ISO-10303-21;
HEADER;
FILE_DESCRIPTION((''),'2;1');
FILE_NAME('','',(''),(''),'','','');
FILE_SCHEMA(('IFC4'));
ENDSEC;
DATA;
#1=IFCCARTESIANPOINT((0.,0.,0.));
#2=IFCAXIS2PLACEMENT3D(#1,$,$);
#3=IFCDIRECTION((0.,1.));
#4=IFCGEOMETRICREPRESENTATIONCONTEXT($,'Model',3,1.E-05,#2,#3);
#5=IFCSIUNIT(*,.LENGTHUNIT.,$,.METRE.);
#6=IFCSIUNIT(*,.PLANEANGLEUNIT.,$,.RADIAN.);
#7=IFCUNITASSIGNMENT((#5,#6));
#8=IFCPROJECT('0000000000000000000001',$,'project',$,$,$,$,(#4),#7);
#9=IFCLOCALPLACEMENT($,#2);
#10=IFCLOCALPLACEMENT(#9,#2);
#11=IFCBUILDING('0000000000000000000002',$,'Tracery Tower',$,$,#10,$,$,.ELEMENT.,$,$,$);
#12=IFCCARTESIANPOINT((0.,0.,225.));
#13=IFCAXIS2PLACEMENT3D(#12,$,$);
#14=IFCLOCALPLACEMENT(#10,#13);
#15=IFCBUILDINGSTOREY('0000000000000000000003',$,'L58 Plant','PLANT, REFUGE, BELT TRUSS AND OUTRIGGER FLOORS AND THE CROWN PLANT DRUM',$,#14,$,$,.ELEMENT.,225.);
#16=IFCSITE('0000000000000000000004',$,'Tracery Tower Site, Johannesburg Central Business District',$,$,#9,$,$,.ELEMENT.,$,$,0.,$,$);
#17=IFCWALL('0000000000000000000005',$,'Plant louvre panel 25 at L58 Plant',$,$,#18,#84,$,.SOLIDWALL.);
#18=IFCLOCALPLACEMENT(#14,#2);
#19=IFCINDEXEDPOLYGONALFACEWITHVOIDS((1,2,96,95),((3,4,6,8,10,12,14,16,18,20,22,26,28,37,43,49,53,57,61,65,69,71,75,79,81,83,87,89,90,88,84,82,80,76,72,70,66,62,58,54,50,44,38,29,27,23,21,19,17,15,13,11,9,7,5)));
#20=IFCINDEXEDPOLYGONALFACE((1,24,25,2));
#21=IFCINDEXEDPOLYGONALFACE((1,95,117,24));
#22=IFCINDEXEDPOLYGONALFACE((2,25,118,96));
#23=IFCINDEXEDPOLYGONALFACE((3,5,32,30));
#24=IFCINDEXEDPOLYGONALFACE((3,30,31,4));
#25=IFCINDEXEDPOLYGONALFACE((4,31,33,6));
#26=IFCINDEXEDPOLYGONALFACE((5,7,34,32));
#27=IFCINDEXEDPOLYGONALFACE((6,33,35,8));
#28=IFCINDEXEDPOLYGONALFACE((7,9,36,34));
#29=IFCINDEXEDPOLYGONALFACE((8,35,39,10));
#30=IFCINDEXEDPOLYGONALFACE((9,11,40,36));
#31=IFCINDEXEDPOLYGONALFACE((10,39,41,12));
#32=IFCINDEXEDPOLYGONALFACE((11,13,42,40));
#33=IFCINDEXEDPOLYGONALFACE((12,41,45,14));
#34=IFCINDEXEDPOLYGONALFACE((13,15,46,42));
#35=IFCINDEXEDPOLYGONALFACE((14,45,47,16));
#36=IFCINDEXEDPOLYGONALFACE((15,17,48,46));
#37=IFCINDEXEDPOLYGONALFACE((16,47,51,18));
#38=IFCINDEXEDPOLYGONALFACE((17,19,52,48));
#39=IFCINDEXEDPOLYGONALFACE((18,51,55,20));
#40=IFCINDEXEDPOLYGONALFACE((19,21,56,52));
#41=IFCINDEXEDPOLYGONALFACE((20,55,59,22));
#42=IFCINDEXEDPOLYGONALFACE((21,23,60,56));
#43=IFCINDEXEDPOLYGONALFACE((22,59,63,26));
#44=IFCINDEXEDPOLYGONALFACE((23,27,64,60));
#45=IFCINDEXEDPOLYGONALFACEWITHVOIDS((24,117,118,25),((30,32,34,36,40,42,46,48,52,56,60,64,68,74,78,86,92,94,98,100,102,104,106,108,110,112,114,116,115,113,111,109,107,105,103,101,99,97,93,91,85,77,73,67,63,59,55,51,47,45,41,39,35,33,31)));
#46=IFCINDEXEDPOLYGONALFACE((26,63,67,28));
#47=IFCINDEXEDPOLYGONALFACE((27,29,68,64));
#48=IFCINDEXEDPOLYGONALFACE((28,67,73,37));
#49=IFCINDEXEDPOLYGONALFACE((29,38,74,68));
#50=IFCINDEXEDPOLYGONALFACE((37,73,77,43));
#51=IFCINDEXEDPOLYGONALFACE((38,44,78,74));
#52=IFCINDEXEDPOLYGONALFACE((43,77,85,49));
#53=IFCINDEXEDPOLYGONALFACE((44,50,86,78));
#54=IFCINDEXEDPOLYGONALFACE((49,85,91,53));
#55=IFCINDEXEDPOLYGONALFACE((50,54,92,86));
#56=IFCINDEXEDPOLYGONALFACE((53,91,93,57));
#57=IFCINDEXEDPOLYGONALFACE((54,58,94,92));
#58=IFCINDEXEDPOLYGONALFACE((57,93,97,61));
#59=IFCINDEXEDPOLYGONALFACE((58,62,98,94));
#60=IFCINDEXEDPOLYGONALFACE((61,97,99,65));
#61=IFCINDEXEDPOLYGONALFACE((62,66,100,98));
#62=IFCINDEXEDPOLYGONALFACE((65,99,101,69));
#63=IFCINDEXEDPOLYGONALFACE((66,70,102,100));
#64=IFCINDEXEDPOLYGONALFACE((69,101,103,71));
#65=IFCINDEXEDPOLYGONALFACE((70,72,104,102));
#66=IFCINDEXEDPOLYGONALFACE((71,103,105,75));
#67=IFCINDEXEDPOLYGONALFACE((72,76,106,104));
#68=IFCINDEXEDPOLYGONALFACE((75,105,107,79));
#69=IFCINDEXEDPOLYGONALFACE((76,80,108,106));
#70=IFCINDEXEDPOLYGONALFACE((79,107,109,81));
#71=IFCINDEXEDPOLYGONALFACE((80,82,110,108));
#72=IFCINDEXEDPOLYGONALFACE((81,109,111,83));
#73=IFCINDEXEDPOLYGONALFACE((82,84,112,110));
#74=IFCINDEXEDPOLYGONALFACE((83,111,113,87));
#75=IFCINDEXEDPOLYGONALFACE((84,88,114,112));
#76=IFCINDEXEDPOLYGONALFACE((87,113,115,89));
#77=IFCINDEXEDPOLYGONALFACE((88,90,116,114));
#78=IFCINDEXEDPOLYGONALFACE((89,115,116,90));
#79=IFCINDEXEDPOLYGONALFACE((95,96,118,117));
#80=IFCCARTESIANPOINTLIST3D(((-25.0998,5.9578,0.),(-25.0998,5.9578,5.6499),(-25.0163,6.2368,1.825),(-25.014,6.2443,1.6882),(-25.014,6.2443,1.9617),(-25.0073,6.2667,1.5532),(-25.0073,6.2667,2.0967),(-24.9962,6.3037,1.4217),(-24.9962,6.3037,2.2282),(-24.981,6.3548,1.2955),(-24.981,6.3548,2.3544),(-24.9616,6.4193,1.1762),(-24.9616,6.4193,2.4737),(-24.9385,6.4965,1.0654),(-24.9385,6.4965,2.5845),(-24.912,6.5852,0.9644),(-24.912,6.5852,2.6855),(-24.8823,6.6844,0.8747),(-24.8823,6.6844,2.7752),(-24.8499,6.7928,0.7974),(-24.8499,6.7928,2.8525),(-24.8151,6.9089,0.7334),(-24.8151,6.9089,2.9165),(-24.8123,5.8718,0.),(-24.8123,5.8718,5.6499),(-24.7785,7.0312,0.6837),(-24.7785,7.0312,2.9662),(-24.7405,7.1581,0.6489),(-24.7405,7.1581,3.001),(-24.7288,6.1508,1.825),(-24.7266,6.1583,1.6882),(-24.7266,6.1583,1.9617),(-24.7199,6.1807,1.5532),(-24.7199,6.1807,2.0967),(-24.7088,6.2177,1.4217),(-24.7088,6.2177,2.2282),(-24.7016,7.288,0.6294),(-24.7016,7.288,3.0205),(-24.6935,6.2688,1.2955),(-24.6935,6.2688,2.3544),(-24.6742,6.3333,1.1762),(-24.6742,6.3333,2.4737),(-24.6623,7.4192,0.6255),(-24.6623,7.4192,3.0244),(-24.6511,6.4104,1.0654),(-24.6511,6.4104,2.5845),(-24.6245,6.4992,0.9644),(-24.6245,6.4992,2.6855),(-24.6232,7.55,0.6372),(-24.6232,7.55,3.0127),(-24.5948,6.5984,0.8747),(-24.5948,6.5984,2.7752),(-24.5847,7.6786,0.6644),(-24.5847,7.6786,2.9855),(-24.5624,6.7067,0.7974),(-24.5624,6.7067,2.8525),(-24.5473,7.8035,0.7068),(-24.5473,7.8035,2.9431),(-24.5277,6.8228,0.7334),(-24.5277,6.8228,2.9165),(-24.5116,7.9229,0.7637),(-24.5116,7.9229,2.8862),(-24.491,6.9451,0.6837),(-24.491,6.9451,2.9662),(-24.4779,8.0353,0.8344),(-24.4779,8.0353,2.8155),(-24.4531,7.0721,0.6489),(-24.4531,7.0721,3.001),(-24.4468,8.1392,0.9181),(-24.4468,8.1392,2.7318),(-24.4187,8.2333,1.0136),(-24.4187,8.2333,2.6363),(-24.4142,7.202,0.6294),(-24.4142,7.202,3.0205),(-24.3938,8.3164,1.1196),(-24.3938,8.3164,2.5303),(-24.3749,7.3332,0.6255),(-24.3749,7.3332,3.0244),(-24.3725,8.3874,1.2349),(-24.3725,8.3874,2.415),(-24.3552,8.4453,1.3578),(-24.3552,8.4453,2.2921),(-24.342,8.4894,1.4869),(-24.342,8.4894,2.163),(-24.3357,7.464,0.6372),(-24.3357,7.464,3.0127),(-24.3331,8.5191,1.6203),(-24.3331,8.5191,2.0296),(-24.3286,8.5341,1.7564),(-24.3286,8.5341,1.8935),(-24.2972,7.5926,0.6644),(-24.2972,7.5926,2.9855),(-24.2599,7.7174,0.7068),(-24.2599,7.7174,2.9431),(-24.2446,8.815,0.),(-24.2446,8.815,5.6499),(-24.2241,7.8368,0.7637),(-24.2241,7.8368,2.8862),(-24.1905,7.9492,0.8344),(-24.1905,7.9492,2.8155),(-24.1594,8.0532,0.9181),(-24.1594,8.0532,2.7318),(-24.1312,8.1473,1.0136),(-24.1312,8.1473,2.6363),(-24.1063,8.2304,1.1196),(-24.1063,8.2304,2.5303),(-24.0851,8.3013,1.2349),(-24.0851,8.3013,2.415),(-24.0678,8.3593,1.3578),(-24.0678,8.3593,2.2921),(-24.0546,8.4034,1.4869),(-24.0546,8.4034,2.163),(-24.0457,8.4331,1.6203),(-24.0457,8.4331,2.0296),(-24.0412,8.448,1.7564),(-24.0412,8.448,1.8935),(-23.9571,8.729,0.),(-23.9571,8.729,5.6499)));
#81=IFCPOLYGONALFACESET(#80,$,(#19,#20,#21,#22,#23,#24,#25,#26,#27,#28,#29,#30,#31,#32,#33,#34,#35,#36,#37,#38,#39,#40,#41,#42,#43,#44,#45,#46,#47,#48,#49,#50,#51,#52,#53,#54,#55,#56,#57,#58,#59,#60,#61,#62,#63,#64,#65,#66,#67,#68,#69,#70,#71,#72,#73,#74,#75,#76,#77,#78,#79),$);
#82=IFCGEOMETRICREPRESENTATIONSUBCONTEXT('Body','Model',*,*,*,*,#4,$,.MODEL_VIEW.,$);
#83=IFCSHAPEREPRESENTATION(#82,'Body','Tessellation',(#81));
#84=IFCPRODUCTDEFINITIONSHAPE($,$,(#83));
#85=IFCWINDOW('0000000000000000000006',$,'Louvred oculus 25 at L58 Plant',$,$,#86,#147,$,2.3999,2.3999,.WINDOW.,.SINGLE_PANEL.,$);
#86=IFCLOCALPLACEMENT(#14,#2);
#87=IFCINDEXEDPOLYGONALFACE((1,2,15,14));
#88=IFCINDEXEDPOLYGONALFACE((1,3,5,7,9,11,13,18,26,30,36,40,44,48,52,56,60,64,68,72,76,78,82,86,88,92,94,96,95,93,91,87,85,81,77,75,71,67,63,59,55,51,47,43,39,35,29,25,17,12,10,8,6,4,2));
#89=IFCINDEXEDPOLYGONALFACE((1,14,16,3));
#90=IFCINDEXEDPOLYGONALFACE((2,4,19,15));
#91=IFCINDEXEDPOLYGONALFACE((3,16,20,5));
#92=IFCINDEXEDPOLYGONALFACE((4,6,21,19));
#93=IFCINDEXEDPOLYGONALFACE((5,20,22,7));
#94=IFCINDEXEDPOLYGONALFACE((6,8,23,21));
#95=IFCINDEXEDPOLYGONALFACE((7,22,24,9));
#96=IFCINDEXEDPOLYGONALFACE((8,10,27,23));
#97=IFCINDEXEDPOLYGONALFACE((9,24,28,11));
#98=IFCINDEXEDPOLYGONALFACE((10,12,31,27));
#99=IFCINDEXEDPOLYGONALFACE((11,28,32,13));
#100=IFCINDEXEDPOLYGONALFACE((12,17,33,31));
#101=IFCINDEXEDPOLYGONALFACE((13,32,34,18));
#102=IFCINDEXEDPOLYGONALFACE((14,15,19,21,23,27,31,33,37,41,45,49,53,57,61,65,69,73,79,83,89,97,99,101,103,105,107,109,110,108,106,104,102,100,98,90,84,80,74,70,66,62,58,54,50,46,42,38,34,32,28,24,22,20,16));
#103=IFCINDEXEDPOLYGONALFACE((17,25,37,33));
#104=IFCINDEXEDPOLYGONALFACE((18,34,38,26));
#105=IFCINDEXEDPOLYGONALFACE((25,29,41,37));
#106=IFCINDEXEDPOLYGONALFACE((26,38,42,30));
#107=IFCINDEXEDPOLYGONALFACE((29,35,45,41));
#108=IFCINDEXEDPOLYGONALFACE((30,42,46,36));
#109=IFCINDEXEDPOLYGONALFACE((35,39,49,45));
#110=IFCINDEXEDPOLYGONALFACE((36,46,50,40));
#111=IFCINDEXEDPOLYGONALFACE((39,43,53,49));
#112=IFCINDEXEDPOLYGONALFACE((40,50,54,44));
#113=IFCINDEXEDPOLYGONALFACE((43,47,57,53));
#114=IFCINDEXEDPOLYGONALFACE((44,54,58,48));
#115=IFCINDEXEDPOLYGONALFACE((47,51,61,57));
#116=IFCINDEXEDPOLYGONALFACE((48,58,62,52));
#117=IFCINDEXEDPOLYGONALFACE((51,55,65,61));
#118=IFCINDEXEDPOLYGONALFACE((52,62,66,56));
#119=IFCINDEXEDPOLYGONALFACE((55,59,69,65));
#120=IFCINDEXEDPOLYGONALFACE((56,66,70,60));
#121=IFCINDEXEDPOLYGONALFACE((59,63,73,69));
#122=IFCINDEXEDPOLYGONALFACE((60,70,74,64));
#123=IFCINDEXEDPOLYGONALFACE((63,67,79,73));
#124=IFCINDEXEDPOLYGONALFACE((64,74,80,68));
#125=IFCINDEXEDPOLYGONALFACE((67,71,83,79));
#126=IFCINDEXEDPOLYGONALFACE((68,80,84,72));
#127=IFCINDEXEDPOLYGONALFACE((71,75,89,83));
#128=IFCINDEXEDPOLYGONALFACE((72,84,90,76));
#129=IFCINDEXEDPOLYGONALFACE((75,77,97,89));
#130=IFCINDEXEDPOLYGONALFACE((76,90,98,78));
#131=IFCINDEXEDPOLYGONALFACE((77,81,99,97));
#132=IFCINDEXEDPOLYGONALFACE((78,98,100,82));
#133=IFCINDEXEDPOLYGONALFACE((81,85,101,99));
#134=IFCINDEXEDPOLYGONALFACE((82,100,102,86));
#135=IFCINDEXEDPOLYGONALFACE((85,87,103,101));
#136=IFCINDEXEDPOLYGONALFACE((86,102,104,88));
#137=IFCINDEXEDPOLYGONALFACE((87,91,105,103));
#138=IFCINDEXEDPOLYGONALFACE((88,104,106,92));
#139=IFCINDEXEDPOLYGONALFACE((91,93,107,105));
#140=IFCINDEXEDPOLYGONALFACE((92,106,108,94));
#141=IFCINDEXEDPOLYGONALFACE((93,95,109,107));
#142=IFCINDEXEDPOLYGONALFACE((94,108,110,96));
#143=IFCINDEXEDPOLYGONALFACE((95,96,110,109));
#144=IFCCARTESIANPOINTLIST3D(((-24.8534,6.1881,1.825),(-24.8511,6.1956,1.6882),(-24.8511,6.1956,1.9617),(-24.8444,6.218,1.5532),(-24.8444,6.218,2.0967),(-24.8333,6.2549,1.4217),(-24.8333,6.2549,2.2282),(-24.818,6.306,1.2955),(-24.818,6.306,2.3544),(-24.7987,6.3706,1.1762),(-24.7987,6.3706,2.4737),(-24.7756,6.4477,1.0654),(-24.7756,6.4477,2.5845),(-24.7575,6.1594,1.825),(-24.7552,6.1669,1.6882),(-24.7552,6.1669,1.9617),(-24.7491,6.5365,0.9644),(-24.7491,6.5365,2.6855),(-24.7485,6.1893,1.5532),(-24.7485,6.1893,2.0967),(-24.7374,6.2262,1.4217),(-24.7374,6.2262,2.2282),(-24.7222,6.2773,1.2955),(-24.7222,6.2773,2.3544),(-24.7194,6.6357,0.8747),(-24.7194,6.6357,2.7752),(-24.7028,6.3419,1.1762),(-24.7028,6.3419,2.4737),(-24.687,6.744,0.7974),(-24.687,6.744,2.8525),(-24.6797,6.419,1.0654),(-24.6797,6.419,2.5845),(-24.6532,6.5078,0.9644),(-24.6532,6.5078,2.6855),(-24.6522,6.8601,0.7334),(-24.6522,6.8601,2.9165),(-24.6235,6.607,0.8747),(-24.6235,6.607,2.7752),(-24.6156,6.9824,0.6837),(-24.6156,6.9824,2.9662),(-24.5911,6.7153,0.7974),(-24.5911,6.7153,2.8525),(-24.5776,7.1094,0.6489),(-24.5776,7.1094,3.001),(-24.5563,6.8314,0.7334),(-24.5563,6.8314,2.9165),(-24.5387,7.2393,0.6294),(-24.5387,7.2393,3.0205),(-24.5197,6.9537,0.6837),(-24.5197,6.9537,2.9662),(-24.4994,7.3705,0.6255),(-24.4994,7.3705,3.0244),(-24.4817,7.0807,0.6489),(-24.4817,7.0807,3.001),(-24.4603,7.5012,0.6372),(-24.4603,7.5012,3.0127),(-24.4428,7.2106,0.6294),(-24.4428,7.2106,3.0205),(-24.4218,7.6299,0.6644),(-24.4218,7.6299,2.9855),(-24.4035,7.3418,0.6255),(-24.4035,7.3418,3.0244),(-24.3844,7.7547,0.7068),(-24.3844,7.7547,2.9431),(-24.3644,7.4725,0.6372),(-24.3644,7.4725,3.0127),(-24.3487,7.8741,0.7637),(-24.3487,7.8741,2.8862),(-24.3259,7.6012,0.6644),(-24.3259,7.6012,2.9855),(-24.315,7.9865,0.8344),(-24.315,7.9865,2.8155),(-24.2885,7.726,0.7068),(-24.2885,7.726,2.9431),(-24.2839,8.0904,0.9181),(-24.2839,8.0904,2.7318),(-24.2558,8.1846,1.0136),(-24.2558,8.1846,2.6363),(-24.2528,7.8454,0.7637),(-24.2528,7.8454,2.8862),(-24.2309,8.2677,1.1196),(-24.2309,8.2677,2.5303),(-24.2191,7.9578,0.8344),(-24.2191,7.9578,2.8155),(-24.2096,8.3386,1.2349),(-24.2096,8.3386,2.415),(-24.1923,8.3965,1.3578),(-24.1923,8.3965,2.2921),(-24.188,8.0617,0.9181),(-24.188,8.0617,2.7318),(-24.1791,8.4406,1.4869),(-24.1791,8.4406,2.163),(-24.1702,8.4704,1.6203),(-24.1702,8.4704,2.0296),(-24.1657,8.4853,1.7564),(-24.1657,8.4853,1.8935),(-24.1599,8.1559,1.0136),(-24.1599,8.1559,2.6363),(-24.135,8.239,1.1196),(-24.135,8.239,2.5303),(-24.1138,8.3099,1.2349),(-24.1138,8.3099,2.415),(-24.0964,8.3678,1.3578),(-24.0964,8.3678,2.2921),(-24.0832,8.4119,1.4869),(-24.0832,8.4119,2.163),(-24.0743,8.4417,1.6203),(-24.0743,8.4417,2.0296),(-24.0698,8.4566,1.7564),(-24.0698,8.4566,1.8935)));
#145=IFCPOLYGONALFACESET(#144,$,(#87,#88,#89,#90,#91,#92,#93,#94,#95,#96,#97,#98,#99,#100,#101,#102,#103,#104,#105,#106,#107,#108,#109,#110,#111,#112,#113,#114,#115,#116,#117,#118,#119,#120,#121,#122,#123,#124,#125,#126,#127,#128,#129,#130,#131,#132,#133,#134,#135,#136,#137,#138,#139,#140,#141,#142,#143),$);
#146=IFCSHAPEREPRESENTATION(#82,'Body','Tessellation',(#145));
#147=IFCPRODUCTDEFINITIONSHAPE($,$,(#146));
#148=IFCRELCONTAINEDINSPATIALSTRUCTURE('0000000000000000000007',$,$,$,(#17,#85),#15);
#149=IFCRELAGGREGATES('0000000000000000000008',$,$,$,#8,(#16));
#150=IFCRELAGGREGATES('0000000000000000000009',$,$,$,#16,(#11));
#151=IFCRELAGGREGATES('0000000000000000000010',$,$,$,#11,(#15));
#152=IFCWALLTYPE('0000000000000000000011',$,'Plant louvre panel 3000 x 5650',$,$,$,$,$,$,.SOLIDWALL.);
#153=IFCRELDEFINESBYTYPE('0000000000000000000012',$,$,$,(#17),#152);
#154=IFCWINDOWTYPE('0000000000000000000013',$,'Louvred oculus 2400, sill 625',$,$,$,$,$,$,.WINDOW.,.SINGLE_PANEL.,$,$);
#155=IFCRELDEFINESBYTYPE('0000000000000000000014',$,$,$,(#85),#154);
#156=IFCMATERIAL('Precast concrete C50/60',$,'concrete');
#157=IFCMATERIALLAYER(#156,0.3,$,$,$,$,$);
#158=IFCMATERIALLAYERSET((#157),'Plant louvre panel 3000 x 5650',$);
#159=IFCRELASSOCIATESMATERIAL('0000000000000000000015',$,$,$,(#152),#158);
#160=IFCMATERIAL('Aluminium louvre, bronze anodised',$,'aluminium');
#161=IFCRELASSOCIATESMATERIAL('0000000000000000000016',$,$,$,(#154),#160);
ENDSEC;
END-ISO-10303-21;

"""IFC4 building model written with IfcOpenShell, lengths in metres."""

from ifc_helpers import new_model, si_unit, direction, frame, frame_2d, origin, origin_2d, place, context, subcontext, project, spatial, rectangle, circle, extrude, material, layer, layer_set, type_object, element, fill, save


model = new_model("IFC4")

# Units and contexts
model_context = context("Model", 3, precision=1e-05, world=origin(), true_north=direction((0.0, 1.0)))
body_context = subcontext(model_context, "Body", "Model", "MODEL_VIEW")
ifc_project = project(units=[si_unit("LENGTHUNIT", "METRE"), si_unit("PLANEANGLEUNIT", "RADIAN")], contexts=[model_context])

# Site, building, storey
site_placement = place(None, origin())
site = spatial("IfcSite", under=ifc_project, at=site_placement, Name="Tracery Tower Site, Johannesburg Central Business District", CompositionType="ELEMENT", RefElevation=0.0)
building_placement = place(site_placement, origin())
building = spatial("IfcBuilding", under=site, at=building_placement, Name="Tracery Tower", CompositionType="ELEMENT")
storey_placement = place(building_placement, frame((0.0, 0.0, 225.0)))
storey = spatial("IfcBuildingStorey", under=building, at=storey_placement, Name="L58 Plant", Description="PLANT, REFUGE, BELT TRUSS AND OUTRIGGER FLOORS AND THE CROWN PLANT DRUM", CompositionType="ELEMENT", Elevation=225.0)

# Wall, opening, window
ifc_material_1 = material(Name="Precast concrete C50/60", Category="concrete")
ifc_layer_1 = layer(ifc_material_1, 0.3)
ifc_layer_set_1 = layer_set([ifc_layer_1], Name="Plant louvre panel 3000 x 5650")
wall_type_1 = type_object("IfcWallType", Name="Plant louvre panel 3000 x 5650", PredefinedType="SOLIDWALL", material=ifc_layer_set_1)
ifc_material_2 = material(Name="Aluminium louvre, bronze anodised", Category="aluminium")
window_type = type_object("IfcWindowType", Name="Louvred oculus 2400, sill 625", PartitioningType="SINGLE_PANEL", PredefinedType="WINDOW", material=ifc_material_2)
wall_1_placement = place(storey_placement, frame((-24.1008, 8.772, 0.0), z_axis=(0.0, 0.0, 1.0), x_axis=(-0.286755, -0.958004, 0.0)))
wall_1 = element("IfcWall", 1, at=wall_1_placement, inside=storey, type_object=wall_type_1, Name="Plant louvre panel 25 at L58 Plant", PredefinedType="SOLIDWALL", context=body_context, shape_type="SweptSolid", body=[
    extrude(rectangle(XDim=2.9824, YDim=0.3, at=frame_2d((1.4912, 0.0))), origin(), (0.0, 0.0, 1.0), 5.6499),
])
opening_1_placement = place(wall_1_placement, frame((1.4912, 0.0, 1.825)))
opening_1 = element("IfcOpeningElement", 2, at=opening_1_placement, cuts=wall_1, PredefinedType="OPENING", context=body_context, shape_type="SweptSolid", body=[
    extrude(circle(Radius=1.2, at=origin_2d()), frame((0.0, 0.1599, 0.0), z_axis=(0.0, -1.0, 0.0), x_axis=(1.0, 0.0, 0.0)), (0.0, 0.0, 1.0), 0.3201),
])
window_1_placement = place(opening_1_placement, origin())
window_1 = element("IfcWindow", 3, at=window_1_placement, inside=storey, type_object=window_type, Name="Louvred oculus 25 at L58 Plant", OverallHeight=2.3999, OverallWidth=2.3999, PartitioningType="SINGLE_PANEL", PredefinedType="WINDOW", context=body_context, shape_type="SweptSolid", body=[
    extrude(circle(Radius=1.2, at=origin_2d()), frame((0.0, 0.1201, 0.0), z_axis=(0.0, -1.0, 0.0), x_axis=(1.0, 0.0, 0.0)), (0.0, 0.0, 1.0), 0.1001),
])
fill(opening_1, window_1)

save(model, "model.ifc")
